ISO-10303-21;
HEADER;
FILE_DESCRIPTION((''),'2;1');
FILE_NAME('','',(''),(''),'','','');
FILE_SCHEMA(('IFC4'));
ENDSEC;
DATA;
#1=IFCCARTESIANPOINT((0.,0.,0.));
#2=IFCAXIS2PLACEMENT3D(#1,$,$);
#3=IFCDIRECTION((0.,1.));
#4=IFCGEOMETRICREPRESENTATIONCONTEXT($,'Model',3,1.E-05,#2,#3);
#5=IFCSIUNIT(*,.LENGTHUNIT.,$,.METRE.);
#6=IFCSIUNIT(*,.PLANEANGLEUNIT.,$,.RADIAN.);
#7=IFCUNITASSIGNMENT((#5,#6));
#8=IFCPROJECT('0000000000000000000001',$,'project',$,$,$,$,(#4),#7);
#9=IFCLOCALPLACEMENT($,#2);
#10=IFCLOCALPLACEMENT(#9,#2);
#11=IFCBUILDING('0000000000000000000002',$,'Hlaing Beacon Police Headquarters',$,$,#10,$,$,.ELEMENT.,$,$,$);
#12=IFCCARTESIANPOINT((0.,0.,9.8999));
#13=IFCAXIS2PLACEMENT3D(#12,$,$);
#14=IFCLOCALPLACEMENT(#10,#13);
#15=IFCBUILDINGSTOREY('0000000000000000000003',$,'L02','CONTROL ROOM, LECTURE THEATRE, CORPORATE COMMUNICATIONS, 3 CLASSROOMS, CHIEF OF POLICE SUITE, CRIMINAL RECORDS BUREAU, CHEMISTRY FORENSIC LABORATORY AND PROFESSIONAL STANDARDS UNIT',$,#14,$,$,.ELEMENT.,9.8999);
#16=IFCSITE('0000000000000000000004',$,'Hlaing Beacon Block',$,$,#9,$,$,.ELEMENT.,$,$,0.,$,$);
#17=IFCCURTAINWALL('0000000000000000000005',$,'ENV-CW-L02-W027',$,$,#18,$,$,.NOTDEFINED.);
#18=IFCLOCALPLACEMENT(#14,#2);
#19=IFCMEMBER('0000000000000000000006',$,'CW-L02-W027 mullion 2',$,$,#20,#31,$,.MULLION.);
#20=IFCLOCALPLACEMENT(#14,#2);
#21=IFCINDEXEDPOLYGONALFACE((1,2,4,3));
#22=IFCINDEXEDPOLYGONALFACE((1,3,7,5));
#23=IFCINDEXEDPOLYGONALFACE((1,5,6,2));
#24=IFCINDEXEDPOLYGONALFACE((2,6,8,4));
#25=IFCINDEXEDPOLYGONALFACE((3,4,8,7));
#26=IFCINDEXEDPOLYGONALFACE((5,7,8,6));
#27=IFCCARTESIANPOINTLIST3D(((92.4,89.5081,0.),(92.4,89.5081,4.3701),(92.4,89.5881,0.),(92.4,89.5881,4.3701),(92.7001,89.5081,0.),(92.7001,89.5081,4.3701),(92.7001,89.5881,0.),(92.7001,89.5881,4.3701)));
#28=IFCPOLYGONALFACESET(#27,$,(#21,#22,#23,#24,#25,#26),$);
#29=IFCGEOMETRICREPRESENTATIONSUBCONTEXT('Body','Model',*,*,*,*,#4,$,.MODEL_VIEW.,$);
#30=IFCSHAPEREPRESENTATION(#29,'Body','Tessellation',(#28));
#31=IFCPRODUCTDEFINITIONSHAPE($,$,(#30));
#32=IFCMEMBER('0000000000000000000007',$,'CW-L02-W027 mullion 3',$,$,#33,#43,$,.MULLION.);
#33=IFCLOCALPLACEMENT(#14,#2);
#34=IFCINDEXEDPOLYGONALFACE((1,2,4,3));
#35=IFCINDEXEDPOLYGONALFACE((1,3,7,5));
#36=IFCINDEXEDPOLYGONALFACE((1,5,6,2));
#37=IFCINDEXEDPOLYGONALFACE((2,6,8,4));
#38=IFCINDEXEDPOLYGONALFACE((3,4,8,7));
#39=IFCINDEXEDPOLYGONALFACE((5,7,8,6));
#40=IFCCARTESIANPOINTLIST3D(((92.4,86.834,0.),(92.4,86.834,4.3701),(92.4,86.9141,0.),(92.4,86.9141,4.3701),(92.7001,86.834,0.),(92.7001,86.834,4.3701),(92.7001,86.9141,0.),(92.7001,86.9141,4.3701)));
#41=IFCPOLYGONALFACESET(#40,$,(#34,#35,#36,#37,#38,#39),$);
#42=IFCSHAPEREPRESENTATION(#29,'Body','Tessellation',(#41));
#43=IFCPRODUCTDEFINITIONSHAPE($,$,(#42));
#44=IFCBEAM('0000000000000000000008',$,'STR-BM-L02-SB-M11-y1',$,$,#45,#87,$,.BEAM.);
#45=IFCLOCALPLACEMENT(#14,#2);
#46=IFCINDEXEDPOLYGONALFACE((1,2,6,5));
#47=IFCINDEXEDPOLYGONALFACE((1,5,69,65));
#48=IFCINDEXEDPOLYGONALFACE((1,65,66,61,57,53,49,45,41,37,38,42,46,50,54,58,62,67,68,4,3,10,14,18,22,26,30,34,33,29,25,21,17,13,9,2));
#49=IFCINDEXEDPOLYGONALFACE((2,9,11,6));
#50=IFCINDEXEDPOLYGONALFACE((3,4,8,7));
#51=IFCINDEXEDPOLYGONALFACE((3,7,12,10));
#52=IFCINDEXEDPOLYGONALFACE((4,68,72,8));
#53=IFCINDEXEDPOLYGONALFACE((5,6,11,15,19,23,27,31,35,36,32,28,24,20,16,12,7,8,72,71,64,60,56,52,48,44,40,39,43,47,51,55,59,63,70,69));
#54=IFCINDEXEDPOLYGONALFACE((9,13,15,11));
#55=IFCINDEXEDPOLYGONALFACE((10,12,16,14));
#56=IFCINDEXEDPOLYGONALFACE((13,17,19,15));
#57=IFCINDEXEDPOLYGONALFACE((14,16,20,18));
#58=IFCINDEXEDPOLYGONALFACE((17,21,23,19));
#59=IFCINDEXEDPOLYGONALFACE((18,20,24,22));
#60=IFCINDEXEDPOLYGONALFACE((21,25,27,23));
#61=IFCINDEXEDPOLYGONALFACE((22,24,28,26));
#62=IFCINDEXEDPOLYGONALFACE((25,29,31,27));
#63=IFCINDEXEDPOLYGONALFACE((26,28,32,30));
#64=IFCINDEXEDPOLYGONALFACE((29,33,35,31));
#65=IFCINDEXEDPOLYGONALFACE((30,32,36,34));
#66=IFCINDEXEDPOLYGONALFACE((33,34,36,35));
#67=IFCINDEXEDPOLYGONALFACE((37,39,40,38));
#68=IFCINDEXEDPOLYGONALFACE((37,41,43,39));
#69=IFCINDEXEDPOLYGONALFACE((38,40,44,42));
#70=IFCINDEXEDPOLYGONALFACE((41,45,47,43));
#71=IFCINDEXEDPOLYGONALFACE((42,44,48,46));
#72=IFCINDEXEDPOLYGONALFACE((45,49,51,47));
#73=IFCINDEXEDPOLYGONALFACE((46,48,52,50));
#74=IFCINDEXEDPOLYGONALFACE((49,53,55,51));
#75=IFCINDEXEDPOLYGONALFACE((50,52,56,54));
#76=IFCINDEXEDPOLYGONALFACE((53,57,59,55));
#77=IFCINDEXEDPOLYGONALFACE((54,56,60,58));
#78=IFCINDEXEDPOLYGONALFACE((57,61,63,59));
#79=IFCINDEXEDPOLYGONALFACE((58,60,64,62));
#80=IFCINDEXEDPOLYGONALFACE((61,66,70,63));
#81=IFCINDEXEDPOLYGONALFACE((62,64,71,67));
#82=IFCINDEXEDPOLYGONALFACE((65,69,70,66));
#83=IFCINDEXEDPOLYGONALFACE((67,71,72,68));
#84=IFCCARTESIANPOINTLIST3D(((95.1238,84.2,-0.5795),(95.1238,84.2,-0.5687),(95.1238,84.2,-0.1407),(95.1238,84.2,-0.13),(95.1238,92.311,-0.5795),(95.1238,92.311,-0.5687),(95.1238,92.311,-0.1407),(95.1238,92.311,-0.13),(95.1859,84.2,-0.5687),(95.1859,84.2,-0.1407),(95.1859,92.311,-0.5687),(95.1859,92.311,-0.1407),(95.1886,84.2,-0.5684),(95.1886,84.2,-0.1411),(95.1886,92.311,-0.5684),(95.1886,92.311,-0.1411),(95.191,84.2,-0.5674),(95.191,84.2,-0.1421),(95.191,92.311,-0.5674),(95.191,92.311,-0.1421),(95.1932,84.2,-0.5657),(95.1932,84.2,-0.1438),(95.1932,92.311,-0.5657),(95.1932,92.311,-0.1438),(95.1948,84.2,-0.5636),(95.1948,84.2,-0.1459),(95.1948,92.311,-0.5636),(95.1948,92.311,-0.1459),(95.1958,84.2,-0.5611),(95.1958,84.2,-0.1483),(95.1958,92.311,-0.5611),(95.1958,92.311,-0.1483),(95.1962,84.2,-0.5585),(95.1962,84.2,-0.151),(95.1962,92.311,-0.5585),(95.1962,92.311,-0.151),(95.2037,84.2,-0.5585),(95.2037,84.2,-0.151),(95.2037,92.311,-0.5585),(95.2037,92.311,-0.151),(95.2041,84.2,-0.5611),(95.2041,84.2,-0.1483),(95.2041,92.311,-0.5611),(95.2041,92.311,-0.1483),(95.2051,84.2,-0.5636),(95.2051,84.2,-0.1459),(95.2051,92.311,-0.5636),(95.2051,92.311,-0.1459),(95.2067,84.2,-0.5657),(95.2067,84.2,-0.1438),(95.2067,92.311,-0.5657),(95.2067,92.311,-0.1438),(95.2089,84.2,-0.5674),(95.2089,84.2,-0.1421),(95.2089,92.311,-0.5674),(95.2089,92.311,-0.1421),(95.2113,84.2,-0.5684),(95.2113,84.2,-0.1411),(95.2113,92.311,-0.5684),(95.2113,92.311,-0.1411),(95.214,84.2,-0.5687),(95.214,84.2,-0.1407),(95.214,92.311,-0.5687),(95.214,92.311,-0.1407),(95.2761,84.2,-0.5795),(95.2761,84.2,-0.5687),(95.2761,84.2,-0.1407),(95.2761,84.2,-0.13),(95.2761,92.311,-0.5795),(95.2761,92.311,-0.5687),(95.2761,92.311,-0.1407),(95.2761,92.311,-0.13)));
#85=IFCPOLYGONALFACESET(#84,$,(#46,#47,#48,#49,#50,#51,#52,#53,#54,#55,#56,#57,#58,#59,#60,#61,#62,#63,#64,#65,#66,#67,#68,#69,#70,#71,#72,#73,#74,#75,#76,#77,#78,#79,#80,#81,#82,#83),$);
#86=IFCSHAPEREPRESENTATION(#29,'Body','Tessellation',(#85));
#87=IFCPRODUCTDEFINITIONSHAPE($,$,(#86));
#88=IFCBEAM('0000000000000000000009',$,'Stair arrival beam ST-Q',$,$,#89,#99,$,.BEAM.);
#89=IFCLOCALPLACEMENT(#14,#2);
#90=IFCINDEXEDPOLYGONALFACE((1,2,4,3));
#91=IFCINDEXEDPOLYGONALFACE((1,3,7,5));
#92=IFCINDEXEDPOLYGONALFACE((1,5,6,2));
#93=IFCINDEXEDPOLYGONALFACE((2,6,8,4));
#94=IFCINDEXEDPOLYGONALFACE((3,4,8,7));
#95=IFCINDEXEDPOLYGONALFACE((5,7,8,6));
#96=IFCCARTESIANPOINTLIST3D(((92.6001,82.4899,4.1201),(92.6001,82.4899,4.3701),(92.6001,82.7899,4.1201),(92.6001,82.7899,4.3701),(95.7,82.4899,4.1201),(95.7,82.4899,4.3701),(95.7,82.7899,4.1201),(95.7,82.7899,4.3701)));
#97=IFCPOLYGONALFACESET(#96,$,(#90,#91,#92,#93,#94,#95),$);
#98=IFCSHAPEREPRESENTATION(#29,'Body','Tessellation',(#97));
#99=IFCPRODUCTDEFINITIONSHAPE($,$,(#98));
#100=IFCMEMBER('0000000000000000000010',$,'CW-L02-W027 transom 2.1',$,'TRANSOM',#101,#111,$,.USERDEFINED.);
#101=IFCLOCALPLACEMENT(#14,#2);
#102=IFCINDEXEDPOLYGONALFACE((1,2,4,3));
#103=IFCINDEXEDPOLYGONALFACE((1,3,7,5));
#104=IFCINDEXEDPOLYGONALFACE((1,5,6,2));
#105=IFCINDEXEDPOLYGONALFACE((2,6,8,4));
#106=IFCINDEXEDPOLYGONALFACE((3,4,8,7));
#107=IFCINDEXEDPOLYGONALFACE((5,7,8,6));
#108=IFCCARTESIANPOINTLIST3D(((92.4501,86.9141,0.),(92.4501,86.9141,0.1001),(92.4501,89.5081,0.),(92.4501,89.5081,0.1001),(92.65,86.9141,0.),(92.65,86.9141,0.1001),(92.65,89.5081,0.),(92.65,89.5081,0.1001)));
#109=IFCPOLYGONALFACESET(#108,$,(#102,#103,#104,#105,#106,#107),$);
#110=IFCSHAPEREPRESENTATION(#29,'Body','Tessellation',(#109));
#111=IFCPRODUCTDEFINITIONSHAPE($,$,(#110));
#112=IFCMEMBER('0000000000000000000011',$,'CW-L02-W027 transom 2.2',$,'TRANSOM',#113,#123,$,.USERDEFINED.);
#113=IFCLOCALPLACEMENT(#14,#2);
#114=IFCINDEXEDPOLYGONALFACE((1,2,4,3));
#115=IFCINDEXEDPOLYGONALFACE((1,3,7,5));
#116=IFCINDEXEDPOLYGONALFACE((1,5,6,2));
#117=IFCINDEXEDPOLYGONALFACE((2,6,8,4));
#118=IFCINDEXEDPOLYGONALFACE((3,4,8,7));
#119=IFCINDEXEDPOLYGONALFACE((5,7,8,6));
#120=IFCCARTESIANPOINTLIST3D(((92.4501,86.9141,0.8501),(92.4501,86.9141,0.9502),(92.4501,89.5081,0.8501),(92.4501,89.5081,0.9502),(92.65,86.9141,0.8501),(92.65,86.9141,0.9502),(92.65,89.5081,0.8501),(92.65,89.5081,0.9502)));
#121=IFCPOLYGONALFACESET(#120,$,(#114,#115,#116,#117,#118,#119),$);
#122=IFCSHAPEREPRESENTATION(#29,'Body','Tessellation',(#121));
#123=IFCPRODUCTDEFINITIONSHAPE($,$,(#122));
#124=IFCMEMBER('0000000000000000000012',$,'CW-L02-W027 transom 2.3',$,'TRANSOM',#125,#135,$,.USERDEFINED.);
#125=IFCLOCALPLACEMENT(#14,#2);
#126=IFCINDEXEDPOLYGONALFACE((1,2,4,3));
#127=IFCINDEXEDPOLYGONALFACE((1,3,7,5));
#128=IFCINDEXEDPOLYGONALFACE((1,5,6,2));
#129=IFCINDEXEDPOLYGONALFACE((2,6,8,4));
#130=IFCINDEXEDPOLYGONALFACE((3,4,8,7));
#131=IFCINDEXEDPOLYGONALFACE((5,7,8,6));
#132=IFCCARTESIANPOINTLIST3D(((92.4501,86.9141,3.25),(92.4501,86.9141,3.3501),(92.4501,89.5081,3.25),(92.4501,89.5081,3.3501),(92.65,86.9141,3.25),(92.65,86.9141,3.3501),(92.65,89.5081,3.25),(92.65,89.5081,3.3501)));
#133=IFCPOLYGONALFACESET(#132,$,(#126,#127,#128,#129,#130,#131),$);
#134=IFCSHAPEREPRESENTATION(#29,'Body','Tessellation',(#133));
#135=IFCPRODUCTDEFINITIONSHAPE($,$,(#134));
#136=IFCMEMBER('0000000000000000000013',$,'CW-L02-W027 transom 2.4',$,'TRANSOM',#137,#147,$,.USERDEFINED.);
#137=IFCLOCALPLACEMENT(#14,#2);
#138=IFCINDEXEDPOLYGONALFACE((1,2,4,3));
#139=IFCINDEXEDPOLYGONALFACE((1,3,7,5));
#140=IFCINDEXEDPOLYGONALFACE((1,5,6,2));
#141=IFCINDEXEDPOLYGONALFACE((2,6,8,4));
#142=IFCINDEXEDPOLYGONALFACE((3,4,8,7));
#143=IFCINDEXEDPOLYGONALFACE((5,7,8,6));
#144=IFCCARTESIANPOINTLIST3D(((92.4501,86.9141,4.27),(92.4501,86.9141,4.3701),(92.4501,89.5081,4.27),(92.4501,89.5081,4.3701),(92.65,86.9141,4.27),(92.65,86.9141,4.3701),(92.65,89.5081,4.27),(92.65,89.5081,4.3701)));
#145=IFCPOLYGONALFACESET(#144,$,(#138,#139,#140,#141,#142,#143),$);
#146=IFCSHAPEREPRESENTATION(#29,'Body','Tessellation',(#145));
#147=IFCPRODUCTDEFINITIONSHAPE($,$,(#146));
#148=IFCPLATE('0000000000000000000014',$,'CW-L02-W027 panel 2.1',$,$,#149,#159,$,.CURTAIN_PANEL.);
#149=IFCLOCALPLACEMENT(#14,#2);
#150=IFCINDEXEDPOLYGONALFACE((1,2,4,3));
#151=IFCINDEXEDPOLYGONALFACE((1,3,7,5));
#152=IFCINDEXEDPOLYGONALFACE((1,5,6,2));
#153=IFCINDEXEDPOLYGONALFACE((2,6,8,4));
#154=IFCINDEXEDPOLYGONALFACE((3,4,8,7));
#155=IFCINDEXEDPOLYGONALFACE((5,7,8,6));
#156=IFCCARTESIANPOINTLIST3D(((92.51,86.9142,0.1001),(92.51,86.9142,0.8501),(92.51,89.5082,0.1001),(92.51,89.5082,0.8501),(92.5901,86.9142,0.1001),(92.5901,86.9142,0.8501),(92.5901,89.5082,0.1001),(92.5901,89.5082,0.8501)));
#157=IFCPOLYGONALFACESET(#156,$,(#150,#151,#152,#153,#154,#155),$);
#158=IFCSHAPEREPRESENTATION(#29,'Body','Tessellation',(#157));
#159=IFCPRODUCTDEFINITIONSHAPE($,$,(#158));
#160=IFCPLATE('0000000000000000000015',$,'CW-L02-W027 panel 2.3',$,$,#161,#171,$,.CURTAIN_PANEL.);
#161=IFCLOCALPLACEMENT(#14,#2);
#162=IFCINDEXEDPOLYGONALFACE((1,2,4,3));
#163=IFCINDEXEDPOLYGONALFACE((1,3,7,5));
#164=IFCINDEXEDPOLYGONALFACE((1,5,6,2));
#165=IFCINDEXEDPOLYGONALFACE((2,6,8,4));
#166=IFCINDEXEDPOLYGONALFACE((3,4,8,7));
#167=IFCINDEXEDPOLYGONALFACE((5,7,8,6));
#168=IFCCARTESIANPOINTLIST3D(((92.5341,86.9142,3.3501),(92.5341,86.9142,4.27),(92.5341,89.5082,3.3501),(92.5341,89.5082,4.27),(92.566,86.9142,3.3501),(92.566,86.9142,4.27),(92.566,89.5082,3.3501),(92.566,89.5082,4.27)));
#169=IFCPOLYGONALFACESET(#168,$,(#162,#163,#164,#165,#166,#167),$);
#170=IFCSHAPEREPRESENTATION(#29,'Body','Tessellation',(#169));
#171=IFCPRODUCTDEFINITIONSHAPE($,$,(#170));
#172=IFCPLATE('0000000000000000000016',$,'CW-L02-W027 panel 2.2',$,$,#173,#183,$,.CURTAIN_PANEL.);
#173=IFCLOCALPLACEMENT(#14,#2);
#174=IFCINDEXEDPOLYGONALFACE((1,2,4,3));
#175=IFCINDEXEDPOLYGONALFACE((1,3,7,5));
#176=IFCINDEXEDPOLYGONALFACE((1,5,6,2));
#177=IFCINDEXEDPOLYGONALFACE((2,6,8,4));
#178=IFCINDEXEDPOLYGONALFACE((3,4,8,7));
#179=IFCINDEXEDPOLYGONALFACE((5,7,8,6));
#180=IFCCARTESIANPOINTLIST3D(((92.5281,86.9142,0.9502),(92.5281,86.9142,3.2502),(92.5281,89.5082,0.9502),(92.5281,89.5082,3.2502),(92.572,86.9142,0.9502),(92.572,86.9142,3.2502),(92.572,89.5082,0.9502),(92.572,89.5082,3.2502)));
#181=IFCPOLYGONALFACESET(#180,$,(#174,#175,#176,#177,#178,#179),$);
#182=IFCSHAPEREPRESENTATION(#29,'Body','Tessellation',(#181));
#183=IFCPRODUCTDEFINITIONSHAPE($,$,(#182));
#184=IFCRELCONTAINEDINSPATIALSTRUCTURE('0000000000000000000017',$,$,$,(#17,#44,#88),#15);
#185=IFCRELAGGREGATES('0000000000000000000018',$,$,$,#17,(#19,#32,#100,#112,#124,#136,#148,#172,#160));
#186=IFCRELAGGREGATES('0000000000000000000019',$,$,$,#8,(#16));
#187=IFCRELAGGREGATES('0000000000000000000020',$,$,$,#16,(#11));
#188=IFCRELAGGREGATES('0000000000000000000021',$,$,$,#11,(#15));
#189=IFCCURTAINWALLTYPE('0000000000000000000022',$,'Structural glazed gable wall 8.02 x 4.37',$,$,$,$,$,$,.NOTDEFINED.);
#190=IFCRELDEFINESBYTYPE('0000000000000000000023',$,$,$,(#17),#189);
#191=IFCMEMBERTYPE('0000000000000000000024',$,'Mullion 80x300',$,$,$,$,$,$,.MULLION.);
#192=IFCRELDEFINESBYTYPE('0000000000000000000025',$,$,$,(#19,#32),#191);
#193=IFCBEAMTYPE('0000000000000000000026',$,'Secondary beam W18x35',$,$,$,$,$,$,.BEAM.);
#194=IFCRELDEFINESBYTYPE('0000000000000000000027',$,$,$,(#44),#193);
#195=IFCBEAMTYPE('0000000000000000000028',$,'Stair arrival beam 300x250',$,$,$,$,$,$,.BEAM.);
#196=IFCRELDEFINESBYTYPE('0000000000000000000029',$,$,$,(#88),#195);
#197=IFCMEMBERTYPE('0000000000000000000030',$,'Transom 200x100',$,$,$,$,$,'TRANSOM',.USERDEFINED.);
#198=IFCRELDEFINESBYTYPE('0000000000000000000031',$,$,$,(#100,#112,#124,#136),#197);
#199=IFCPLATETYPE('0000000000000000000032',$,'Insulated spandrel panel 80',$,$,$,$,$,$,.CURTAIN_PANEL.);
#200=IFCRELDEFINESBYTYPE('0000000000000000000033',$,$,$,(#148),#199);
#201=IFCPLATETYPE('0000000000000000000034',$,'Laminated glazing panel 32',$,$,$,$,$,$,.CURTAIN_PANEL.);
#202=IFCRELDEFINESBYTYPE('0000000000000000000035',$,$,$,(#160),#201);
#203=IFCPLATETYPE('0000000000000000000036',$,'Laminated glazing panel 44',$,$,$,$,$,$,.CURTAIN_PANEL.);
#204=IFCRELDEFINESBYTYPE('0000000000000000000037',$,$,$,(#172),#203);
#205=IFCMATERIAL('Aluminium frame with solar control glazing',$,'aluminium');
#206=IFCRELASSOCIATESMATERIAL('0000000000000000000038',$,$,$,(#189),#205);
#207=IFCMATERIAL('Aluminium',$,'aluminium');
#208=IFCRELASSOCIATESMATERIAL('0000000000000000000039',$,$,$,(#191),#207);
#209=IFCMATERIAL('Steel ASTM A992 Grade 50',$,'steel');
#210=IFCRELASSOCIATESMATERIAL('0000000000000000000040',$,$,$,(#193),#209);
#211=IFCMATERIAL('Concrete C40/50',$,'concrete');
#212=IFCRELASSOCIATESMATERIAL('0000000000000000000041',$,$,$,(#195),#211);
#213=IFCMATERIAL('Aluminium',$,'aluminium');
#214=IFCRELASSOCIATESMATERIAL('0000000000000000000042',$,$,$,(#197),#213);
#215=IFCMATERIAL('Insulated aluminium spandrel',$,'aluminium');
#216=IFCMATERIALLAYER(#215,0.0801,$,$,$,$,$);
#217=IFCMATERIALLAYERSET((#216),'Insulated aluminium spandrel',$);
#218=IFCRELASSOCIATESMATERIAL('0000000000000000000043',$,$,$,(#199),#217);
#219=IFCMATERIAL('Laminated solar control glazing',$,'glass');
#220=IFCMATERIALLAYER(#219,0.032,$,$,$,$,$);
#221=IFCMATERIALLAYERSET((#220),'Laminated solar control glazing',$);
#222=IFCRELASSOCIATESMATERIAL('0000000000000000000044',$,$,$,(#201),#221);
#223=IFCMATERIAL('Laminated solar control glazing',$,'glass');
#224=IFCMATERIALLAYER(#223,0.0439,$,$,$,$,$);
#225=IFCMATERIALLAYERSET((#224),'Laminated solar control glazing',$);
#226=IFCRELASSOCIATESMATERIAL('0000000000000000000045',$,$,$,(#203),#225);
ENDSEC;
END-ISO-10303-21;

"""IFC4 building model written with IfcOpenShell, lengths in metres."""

from ifc_helpers import new_model, si_unit, direction, frame, origin, origin_2d, place, context, subcontext, project, spatial, rectangle, i_section, extrude, material, layer, layer_set, material_profile, profile_set, type_object, element, aggregate, save


model = new_model("IFC4")

# Units and contexts
model_context = context("Model", 3, precision=1e-05, world=origin(), true_north=direction((0.0, 1.0)))
body_context = subcontext(model_context, "Body", "Model", "MODEL_VIEW")
ifc_project = project(units=[si_unit("LENGTHUNIT", "METRE"), si_unit("PLANEANGLEUNIT", "RADIAN")], contexts=[model_context])

# Site, building, storey
site_placement = place(None, origin())
site = spatial("IfcSite", under=ifc_project, at=site_placement, Name="Hlaing Beacon Block", CompositionType="ELEMENT", RefElevation=0.0)
building_placement = place(site_placement, origin())
building = spatial("IfcBuilding", under=site, at=building_placement, Name="Hlaing Beacon Police Headquarters", CompositionType="ELEMENT")
storey_placement = place(building_placement, frame((0.0, 0.0, 9.8999)))
storey = spatial("IfcBuildingStorey", under=building, at=storey_placement, Name="L02", Description="CONTROL ROOM, LECTURE THEATRE, CORPORATE COMMUNICATIONS, 3 CLASSROOMS, CHIEF OF POLICE SUITE, CRIMINAL RECORDS BUREAU, CHEMISTRY FORENSIC LABORATORY AND PROFESSIONAL STANDARDS UNIT", CompositionType="ELEMENT", Elevation=9.8999)

# Curtain wall, members
ifc_material_1 = material(Name="Aluminium frame with solar control glazing", Category="aluminium")
curtain_wall_type = type_object("IfcCurtainWallType", Name="Structural glazed gable wall 8.02 x 4.37", PredefinedType="NOTDEFINED", material=ifc_material_1)
curtain_wall_placement = place(storey_placement, origin())
curtain_wall = element("IfcCurtainWall", 1, at=curtain_wall_placement, inside=storey, type_object=curtain_wall_type, Name="ENV-CW-L02-W027", PredefinedType="NOTDEFINED")
ifc_material_2 = material(Name="Aluminium", Category="aluminium")
ifc_material_profile_1 = material_profile(ifc_material_2, rectangle(XDim=0.3, YDim=0.0801, at=origin_2d()), Name="Mullion 80x300")
ifc_profile_set_1 = profile_set([ifc_material_profile_1], Name="Aluminium")
member_type_1 = type_object("IfcMemberType", Name="Mullion 80x300", PredefinedType="MULLION", material=ifc_profile_set_1)
member_1_placement = place(storey_placement, frame((92.55, 89.5481, 0.0), z_axis=(0.0, 0.0, 1.0), x_axis=(1.0, 0.0, 0.0)))
member_1 = element("IfcMember", 2, at=member_1_placement, type_object=member_type_1, Name="CW-L02-W027 mullion 2", PredefinedType="MULLION", context=body_context, shape_type="SweptSolid", body=[
    extrude(rectangle(XDim=0.3, YDim=0.0801, at=origin_2d()), origin(), (0.0, 0.0, 1.0), 4.3701),
])
member_2_placement = place(storey_placement, frame((92.55, 86.874, 0.0), z_axis=(0.0, 0.0, 1.0), x_axis=(1.0, 0.0, 0.0)))
member_2 = element("IfcMember", 3, at=member_2_placement, type_object=member_type_1, Name="CW-L02-W027 mullion 3", PredefinedType="MULLION", context=body_context, shape_type="SweptSolid", body=[
    extrude(rectangle(XDim=0.3, YDim=0.0801, at=origin_2d()), origin(), (0.0, 0.0, 1.0), 4.3701),
])

# Beams
ifc_material_3 = material(Name="Steel ASTM A992 Grade 50", Category="steel")
ifc_material_profile_2 = material_profile(ifc_material_3, i_section(OverallWidth=0.1523, OverallDepth=0.4495, WebThickness=0.0076, FlangeThickness=0.0107, FilletRadius=0.0103, at=origin_2d()), Name="W18x35")
ifc_profile_set_2 = profile_set([ifc_material_profile_2], Name="Steel ASTM A992 Grade 50")
beam_type_1 = type_object("IfcBeamType", Name="Secondary beam W18x35", PredefinedType="BEAM", material=ifc_profile_set_2)
beam_1_placement = place(storey_placement, frame((95.2, 84.2, -0.3547), z_axis=(0.0, 1.0, 0.0), x_axis=(-1.0, 0.0, 0.0)))
element("IfcBeam", 4, at=beam_1_placement, inside=storey, type_object=beam_type_1, Name="STR-BM-L02-SB-M11-y1", PredefinedType="BEAM", context=body_context, shape_type="SweptSolid", body=[
    extrude(i_section(OverallWidth=0.1523, OverallDepth=0.4495, WebThickness=0.0076, FlangeThickness=0.0107, FilletRadius=0.0103, at=origin_2d()), origin(), (0.0, 0.0, 1.0), 8.1111),
])
ifc_material_4 = material(Name="Concrete C40/50", Category="concrete")
ifc_material_profile_3 = material_profile(ifc_material_4, rectangle(XDim=0.3, YDim=0.25, at=origin_2d()), Name="Stair arrival beam 300x250")
ifc_profile_set_3 = profile_set([ifc_material_profile_3], Name="Concrete C40/50")
beam_type_2 = type_object("IfcBeamType", Name="Stair arrival beam 300x250", PredefinedType="BEAM", material=ifc_profile_set_3)
beam_2_placement = place(storey_placement, frame((92.6001, 82.6399, 4.2451), z_axis=(1.0, 0.0, 0.0), x_axis=(0.0, 1.0, 0.0)))
element("IfcBeam", 5, at=beam_2_placement, inside=storey, type_object=beam_type_2, Name="Stair arrival beam ST-Q", PredefinedType="BEAM", context=body_context, shape_type="SweptSolid", body=[
    extrude(rectangle(XDim=0.3, YDim=0.25, at=origin_2d()), origin(), (0.0, 0.0, 1.0), 3.0999),
])

# Members
ifc_material_5 = material(Name="Aluminium", Category="aluminium")
ifc_material_profile_4 = material_profile(ifc_material_5, rectangle(XDim=0.2, YDim=0.1001, at=origin_2d()), Name="Transom 200x100")
ifc_profile_set_4 = profile_set([ifc_material_profile_4], Name="Aluminium")
member_type_2 = type_object("IfcMemberType", Name="Transom 200x100", ElementType="TRANSOM", PredefinedType="USERDEFINED", material=ifc_profile_set_4)
member_3_placement = place(storey_placement, frame((92.55, 89.5081, 0.05), z_axis=(0.0, -1.0, 0.0), x_axis=(1.0, 0.0, 0.0)))
member_3 = element("IfcMember", 6, at=member_3_placement, type_object=member_type_2, Name="CW-L02-W027 transom 2.1", ObjectType="TRANSOM", PredefinedType="USERDEFINED", context=body_context, shape_type="SweptSolid", body=[
    extrude(rectangle(XDim=0.2, YDim=0.1001, at=origin_2d()), origin(), (0.0, 0.0, 1.0), 2.594),
])
member_4_placement = place(storey_placement, frame((92.55, 89.5081, 0.9001), z_axis=(0.0, -1.0, 0.0), x_axis=(1.0, 0.0, 0.0)))
member_4 = element("IfcMember", 7, at=member_4_placement, type_object=member_type_2, Name="CW-L02-W027 transom 2.2", ObjectType="TRANSOM", PredefinedType="USERDEFINED", context=body_context, shape_type="SweptSolid", body=[
    extrude(rectangle(XDim=0.2, YDim=0.1001, at=origin_2d()), origin(), (0.0, 0.0, 1.0), 2.594),
])
member_5_placement = place(storey_placement, frame((92.55, 89.5081, 3.3), z_axis=(0.0, -1.0, 0.0), x_axis=(1.0, 0.0, 0.0)))
member_5 = element("IfcMember", 8, at=member_5_placement, type_object=member_type_2, Name="CW-L02-W027 transom 2.3", ObjectType="TRANSOM", PredefinedType="USERDEFINED", context=body_context, shape_type="SweptSolid", body=[
    extrude(rectangle(XDim=0.2, YDim=0.1001, at=origin_2d()), origin(), (0.0, 0.0, 1.0), 2.594),
])
member_6_placement = place(storey_placement, frame((92.55, 89.5081, 4.3201), z_axis=(0.0, -1.0, 0.0), x_axis=(1.0, 0.0, 0.0)))
member_6 = element("IfcMember", 9, at=member_6_placement, type_object=member_type_2, Name="CW-L02-W027 transom 2.4", ObjectType="TRANSOM", PredefinedType="USERDEFINED", context=body_context, shape_type="SweptSolid", body=[
    extrude(rectangle(XDim=0.2, YDim=0.1001, at=origin_2d()), origin(), (0.0, 0.0, 1.0), 2.594),
])

# Plates
ifc_material_6 = material(Name="Insulated aluminium spandrel", Category="aluminium")
ifc_layer_1 = layer(ifc_material_6, 0.0801)
ifc_layer_set_1 = layer_set([ifc_layer_1], Name="Insulated aluminium spandrel")
plate_type_1 = type_object("IfcPlateType", Name="Insulated spandrel panel 80", PredefinedType="CURTAIN_PANEL", material=ifc_layer_set_1)
plate_1_placement = place(storey_placement, frame((92.55, 88.2112, 0.1001), z_axis=(0.0, 0.0, 1.0), x_axis=(0.0, -1.0, 0.0)))
plate_1 = element("IfcPlate", 10, at=plate_1_placement, type_object=plate_type_1, Name="CW-L02-W027 panel 2.1", PredefinedType="CURTAIN_PANEL", context=body_context, shape_type="SweptSolid", body=[
    extrude(rectangle(XDim=2.594, YDim=0.0801, at=origin_2d()), origin(), (0.0, 0.0, 1.0), 0.75),
])
ifc_material_7 = material(Name="Laminated solar control glazing", Category="glass")
ifc_layer_2 = layer(ifc_material_7, 0.032)
ifc_layer_set_2 = layer_set([ifc_layer_2], Name="Laminated solar control glazing")
plate_type_2 = type_object("IfcPlateType", Name="Laminated glazing panel 32", PredefinedType="CURTAIN_PANEL", material=ifc_layer_set_2)
plate_2_placement = place(storey_placement, frame((92.55, 88.2112, 3.3501), z_axis=(0.0, 0.0, 1.0), x_axis=(0.0, -1.0, 0.0)))
plate_2 = element("IfcPlate", 11, at=plate_2_placement, type_object=plate_type_2, Name="CW-L02-W027 panel 2.3", PredefinedType="CURTAIN_PANEL", context=body_context, shape_type="SweptSolid", body=[
    extrude(rectangle(XDim=2.594, YDim=0.032, at=origin_2d()), origin(), (0.0, 0.0, 1.0), 0.9199),
])
ifc_material_8 = material(Name="Laminated solar control glazing", Category="glass")
ifc_layer_3 = layer(ifc_material_8, 0.0439)
ifc_layer_set_3 = layer_set([ifc_layer_3], Name="Laminated solar control glazing")
plate_type_3 = type_object("IfcPlateType", Name="Laminated glazing panel 44", PredefinedType="CURTAIN_PANEL", material=ifc_layer_set_3)
plate_3_placement = place(storey_placement, frame((92.55, 88.2112, 0.9502), z_axis=(0.0, 0.0, 1.0), x_axis=(0.0, -1.0, 0.0)))
plate_3 = element("IfcPlate", 12, at=plate_3_placement, type_object=plate_type_3, Name="CW-L02-W027 panel 2.2", PredefinedType="CURTAIN_PANEL", context=body_context, shape_type="SweptSolid", body=[
    extrude(rectangle(XDim=2.594, YDim=0.0439, at=origin_2d()), origin(), (0.0, 0.0, 1.0), 2.3),
])
aggregate(curtain_wall, [member_1, member_2, member_3, member_4, member_5, member_6, plate_1, plate_3, plate_2])

save(model, "model.ifc")
